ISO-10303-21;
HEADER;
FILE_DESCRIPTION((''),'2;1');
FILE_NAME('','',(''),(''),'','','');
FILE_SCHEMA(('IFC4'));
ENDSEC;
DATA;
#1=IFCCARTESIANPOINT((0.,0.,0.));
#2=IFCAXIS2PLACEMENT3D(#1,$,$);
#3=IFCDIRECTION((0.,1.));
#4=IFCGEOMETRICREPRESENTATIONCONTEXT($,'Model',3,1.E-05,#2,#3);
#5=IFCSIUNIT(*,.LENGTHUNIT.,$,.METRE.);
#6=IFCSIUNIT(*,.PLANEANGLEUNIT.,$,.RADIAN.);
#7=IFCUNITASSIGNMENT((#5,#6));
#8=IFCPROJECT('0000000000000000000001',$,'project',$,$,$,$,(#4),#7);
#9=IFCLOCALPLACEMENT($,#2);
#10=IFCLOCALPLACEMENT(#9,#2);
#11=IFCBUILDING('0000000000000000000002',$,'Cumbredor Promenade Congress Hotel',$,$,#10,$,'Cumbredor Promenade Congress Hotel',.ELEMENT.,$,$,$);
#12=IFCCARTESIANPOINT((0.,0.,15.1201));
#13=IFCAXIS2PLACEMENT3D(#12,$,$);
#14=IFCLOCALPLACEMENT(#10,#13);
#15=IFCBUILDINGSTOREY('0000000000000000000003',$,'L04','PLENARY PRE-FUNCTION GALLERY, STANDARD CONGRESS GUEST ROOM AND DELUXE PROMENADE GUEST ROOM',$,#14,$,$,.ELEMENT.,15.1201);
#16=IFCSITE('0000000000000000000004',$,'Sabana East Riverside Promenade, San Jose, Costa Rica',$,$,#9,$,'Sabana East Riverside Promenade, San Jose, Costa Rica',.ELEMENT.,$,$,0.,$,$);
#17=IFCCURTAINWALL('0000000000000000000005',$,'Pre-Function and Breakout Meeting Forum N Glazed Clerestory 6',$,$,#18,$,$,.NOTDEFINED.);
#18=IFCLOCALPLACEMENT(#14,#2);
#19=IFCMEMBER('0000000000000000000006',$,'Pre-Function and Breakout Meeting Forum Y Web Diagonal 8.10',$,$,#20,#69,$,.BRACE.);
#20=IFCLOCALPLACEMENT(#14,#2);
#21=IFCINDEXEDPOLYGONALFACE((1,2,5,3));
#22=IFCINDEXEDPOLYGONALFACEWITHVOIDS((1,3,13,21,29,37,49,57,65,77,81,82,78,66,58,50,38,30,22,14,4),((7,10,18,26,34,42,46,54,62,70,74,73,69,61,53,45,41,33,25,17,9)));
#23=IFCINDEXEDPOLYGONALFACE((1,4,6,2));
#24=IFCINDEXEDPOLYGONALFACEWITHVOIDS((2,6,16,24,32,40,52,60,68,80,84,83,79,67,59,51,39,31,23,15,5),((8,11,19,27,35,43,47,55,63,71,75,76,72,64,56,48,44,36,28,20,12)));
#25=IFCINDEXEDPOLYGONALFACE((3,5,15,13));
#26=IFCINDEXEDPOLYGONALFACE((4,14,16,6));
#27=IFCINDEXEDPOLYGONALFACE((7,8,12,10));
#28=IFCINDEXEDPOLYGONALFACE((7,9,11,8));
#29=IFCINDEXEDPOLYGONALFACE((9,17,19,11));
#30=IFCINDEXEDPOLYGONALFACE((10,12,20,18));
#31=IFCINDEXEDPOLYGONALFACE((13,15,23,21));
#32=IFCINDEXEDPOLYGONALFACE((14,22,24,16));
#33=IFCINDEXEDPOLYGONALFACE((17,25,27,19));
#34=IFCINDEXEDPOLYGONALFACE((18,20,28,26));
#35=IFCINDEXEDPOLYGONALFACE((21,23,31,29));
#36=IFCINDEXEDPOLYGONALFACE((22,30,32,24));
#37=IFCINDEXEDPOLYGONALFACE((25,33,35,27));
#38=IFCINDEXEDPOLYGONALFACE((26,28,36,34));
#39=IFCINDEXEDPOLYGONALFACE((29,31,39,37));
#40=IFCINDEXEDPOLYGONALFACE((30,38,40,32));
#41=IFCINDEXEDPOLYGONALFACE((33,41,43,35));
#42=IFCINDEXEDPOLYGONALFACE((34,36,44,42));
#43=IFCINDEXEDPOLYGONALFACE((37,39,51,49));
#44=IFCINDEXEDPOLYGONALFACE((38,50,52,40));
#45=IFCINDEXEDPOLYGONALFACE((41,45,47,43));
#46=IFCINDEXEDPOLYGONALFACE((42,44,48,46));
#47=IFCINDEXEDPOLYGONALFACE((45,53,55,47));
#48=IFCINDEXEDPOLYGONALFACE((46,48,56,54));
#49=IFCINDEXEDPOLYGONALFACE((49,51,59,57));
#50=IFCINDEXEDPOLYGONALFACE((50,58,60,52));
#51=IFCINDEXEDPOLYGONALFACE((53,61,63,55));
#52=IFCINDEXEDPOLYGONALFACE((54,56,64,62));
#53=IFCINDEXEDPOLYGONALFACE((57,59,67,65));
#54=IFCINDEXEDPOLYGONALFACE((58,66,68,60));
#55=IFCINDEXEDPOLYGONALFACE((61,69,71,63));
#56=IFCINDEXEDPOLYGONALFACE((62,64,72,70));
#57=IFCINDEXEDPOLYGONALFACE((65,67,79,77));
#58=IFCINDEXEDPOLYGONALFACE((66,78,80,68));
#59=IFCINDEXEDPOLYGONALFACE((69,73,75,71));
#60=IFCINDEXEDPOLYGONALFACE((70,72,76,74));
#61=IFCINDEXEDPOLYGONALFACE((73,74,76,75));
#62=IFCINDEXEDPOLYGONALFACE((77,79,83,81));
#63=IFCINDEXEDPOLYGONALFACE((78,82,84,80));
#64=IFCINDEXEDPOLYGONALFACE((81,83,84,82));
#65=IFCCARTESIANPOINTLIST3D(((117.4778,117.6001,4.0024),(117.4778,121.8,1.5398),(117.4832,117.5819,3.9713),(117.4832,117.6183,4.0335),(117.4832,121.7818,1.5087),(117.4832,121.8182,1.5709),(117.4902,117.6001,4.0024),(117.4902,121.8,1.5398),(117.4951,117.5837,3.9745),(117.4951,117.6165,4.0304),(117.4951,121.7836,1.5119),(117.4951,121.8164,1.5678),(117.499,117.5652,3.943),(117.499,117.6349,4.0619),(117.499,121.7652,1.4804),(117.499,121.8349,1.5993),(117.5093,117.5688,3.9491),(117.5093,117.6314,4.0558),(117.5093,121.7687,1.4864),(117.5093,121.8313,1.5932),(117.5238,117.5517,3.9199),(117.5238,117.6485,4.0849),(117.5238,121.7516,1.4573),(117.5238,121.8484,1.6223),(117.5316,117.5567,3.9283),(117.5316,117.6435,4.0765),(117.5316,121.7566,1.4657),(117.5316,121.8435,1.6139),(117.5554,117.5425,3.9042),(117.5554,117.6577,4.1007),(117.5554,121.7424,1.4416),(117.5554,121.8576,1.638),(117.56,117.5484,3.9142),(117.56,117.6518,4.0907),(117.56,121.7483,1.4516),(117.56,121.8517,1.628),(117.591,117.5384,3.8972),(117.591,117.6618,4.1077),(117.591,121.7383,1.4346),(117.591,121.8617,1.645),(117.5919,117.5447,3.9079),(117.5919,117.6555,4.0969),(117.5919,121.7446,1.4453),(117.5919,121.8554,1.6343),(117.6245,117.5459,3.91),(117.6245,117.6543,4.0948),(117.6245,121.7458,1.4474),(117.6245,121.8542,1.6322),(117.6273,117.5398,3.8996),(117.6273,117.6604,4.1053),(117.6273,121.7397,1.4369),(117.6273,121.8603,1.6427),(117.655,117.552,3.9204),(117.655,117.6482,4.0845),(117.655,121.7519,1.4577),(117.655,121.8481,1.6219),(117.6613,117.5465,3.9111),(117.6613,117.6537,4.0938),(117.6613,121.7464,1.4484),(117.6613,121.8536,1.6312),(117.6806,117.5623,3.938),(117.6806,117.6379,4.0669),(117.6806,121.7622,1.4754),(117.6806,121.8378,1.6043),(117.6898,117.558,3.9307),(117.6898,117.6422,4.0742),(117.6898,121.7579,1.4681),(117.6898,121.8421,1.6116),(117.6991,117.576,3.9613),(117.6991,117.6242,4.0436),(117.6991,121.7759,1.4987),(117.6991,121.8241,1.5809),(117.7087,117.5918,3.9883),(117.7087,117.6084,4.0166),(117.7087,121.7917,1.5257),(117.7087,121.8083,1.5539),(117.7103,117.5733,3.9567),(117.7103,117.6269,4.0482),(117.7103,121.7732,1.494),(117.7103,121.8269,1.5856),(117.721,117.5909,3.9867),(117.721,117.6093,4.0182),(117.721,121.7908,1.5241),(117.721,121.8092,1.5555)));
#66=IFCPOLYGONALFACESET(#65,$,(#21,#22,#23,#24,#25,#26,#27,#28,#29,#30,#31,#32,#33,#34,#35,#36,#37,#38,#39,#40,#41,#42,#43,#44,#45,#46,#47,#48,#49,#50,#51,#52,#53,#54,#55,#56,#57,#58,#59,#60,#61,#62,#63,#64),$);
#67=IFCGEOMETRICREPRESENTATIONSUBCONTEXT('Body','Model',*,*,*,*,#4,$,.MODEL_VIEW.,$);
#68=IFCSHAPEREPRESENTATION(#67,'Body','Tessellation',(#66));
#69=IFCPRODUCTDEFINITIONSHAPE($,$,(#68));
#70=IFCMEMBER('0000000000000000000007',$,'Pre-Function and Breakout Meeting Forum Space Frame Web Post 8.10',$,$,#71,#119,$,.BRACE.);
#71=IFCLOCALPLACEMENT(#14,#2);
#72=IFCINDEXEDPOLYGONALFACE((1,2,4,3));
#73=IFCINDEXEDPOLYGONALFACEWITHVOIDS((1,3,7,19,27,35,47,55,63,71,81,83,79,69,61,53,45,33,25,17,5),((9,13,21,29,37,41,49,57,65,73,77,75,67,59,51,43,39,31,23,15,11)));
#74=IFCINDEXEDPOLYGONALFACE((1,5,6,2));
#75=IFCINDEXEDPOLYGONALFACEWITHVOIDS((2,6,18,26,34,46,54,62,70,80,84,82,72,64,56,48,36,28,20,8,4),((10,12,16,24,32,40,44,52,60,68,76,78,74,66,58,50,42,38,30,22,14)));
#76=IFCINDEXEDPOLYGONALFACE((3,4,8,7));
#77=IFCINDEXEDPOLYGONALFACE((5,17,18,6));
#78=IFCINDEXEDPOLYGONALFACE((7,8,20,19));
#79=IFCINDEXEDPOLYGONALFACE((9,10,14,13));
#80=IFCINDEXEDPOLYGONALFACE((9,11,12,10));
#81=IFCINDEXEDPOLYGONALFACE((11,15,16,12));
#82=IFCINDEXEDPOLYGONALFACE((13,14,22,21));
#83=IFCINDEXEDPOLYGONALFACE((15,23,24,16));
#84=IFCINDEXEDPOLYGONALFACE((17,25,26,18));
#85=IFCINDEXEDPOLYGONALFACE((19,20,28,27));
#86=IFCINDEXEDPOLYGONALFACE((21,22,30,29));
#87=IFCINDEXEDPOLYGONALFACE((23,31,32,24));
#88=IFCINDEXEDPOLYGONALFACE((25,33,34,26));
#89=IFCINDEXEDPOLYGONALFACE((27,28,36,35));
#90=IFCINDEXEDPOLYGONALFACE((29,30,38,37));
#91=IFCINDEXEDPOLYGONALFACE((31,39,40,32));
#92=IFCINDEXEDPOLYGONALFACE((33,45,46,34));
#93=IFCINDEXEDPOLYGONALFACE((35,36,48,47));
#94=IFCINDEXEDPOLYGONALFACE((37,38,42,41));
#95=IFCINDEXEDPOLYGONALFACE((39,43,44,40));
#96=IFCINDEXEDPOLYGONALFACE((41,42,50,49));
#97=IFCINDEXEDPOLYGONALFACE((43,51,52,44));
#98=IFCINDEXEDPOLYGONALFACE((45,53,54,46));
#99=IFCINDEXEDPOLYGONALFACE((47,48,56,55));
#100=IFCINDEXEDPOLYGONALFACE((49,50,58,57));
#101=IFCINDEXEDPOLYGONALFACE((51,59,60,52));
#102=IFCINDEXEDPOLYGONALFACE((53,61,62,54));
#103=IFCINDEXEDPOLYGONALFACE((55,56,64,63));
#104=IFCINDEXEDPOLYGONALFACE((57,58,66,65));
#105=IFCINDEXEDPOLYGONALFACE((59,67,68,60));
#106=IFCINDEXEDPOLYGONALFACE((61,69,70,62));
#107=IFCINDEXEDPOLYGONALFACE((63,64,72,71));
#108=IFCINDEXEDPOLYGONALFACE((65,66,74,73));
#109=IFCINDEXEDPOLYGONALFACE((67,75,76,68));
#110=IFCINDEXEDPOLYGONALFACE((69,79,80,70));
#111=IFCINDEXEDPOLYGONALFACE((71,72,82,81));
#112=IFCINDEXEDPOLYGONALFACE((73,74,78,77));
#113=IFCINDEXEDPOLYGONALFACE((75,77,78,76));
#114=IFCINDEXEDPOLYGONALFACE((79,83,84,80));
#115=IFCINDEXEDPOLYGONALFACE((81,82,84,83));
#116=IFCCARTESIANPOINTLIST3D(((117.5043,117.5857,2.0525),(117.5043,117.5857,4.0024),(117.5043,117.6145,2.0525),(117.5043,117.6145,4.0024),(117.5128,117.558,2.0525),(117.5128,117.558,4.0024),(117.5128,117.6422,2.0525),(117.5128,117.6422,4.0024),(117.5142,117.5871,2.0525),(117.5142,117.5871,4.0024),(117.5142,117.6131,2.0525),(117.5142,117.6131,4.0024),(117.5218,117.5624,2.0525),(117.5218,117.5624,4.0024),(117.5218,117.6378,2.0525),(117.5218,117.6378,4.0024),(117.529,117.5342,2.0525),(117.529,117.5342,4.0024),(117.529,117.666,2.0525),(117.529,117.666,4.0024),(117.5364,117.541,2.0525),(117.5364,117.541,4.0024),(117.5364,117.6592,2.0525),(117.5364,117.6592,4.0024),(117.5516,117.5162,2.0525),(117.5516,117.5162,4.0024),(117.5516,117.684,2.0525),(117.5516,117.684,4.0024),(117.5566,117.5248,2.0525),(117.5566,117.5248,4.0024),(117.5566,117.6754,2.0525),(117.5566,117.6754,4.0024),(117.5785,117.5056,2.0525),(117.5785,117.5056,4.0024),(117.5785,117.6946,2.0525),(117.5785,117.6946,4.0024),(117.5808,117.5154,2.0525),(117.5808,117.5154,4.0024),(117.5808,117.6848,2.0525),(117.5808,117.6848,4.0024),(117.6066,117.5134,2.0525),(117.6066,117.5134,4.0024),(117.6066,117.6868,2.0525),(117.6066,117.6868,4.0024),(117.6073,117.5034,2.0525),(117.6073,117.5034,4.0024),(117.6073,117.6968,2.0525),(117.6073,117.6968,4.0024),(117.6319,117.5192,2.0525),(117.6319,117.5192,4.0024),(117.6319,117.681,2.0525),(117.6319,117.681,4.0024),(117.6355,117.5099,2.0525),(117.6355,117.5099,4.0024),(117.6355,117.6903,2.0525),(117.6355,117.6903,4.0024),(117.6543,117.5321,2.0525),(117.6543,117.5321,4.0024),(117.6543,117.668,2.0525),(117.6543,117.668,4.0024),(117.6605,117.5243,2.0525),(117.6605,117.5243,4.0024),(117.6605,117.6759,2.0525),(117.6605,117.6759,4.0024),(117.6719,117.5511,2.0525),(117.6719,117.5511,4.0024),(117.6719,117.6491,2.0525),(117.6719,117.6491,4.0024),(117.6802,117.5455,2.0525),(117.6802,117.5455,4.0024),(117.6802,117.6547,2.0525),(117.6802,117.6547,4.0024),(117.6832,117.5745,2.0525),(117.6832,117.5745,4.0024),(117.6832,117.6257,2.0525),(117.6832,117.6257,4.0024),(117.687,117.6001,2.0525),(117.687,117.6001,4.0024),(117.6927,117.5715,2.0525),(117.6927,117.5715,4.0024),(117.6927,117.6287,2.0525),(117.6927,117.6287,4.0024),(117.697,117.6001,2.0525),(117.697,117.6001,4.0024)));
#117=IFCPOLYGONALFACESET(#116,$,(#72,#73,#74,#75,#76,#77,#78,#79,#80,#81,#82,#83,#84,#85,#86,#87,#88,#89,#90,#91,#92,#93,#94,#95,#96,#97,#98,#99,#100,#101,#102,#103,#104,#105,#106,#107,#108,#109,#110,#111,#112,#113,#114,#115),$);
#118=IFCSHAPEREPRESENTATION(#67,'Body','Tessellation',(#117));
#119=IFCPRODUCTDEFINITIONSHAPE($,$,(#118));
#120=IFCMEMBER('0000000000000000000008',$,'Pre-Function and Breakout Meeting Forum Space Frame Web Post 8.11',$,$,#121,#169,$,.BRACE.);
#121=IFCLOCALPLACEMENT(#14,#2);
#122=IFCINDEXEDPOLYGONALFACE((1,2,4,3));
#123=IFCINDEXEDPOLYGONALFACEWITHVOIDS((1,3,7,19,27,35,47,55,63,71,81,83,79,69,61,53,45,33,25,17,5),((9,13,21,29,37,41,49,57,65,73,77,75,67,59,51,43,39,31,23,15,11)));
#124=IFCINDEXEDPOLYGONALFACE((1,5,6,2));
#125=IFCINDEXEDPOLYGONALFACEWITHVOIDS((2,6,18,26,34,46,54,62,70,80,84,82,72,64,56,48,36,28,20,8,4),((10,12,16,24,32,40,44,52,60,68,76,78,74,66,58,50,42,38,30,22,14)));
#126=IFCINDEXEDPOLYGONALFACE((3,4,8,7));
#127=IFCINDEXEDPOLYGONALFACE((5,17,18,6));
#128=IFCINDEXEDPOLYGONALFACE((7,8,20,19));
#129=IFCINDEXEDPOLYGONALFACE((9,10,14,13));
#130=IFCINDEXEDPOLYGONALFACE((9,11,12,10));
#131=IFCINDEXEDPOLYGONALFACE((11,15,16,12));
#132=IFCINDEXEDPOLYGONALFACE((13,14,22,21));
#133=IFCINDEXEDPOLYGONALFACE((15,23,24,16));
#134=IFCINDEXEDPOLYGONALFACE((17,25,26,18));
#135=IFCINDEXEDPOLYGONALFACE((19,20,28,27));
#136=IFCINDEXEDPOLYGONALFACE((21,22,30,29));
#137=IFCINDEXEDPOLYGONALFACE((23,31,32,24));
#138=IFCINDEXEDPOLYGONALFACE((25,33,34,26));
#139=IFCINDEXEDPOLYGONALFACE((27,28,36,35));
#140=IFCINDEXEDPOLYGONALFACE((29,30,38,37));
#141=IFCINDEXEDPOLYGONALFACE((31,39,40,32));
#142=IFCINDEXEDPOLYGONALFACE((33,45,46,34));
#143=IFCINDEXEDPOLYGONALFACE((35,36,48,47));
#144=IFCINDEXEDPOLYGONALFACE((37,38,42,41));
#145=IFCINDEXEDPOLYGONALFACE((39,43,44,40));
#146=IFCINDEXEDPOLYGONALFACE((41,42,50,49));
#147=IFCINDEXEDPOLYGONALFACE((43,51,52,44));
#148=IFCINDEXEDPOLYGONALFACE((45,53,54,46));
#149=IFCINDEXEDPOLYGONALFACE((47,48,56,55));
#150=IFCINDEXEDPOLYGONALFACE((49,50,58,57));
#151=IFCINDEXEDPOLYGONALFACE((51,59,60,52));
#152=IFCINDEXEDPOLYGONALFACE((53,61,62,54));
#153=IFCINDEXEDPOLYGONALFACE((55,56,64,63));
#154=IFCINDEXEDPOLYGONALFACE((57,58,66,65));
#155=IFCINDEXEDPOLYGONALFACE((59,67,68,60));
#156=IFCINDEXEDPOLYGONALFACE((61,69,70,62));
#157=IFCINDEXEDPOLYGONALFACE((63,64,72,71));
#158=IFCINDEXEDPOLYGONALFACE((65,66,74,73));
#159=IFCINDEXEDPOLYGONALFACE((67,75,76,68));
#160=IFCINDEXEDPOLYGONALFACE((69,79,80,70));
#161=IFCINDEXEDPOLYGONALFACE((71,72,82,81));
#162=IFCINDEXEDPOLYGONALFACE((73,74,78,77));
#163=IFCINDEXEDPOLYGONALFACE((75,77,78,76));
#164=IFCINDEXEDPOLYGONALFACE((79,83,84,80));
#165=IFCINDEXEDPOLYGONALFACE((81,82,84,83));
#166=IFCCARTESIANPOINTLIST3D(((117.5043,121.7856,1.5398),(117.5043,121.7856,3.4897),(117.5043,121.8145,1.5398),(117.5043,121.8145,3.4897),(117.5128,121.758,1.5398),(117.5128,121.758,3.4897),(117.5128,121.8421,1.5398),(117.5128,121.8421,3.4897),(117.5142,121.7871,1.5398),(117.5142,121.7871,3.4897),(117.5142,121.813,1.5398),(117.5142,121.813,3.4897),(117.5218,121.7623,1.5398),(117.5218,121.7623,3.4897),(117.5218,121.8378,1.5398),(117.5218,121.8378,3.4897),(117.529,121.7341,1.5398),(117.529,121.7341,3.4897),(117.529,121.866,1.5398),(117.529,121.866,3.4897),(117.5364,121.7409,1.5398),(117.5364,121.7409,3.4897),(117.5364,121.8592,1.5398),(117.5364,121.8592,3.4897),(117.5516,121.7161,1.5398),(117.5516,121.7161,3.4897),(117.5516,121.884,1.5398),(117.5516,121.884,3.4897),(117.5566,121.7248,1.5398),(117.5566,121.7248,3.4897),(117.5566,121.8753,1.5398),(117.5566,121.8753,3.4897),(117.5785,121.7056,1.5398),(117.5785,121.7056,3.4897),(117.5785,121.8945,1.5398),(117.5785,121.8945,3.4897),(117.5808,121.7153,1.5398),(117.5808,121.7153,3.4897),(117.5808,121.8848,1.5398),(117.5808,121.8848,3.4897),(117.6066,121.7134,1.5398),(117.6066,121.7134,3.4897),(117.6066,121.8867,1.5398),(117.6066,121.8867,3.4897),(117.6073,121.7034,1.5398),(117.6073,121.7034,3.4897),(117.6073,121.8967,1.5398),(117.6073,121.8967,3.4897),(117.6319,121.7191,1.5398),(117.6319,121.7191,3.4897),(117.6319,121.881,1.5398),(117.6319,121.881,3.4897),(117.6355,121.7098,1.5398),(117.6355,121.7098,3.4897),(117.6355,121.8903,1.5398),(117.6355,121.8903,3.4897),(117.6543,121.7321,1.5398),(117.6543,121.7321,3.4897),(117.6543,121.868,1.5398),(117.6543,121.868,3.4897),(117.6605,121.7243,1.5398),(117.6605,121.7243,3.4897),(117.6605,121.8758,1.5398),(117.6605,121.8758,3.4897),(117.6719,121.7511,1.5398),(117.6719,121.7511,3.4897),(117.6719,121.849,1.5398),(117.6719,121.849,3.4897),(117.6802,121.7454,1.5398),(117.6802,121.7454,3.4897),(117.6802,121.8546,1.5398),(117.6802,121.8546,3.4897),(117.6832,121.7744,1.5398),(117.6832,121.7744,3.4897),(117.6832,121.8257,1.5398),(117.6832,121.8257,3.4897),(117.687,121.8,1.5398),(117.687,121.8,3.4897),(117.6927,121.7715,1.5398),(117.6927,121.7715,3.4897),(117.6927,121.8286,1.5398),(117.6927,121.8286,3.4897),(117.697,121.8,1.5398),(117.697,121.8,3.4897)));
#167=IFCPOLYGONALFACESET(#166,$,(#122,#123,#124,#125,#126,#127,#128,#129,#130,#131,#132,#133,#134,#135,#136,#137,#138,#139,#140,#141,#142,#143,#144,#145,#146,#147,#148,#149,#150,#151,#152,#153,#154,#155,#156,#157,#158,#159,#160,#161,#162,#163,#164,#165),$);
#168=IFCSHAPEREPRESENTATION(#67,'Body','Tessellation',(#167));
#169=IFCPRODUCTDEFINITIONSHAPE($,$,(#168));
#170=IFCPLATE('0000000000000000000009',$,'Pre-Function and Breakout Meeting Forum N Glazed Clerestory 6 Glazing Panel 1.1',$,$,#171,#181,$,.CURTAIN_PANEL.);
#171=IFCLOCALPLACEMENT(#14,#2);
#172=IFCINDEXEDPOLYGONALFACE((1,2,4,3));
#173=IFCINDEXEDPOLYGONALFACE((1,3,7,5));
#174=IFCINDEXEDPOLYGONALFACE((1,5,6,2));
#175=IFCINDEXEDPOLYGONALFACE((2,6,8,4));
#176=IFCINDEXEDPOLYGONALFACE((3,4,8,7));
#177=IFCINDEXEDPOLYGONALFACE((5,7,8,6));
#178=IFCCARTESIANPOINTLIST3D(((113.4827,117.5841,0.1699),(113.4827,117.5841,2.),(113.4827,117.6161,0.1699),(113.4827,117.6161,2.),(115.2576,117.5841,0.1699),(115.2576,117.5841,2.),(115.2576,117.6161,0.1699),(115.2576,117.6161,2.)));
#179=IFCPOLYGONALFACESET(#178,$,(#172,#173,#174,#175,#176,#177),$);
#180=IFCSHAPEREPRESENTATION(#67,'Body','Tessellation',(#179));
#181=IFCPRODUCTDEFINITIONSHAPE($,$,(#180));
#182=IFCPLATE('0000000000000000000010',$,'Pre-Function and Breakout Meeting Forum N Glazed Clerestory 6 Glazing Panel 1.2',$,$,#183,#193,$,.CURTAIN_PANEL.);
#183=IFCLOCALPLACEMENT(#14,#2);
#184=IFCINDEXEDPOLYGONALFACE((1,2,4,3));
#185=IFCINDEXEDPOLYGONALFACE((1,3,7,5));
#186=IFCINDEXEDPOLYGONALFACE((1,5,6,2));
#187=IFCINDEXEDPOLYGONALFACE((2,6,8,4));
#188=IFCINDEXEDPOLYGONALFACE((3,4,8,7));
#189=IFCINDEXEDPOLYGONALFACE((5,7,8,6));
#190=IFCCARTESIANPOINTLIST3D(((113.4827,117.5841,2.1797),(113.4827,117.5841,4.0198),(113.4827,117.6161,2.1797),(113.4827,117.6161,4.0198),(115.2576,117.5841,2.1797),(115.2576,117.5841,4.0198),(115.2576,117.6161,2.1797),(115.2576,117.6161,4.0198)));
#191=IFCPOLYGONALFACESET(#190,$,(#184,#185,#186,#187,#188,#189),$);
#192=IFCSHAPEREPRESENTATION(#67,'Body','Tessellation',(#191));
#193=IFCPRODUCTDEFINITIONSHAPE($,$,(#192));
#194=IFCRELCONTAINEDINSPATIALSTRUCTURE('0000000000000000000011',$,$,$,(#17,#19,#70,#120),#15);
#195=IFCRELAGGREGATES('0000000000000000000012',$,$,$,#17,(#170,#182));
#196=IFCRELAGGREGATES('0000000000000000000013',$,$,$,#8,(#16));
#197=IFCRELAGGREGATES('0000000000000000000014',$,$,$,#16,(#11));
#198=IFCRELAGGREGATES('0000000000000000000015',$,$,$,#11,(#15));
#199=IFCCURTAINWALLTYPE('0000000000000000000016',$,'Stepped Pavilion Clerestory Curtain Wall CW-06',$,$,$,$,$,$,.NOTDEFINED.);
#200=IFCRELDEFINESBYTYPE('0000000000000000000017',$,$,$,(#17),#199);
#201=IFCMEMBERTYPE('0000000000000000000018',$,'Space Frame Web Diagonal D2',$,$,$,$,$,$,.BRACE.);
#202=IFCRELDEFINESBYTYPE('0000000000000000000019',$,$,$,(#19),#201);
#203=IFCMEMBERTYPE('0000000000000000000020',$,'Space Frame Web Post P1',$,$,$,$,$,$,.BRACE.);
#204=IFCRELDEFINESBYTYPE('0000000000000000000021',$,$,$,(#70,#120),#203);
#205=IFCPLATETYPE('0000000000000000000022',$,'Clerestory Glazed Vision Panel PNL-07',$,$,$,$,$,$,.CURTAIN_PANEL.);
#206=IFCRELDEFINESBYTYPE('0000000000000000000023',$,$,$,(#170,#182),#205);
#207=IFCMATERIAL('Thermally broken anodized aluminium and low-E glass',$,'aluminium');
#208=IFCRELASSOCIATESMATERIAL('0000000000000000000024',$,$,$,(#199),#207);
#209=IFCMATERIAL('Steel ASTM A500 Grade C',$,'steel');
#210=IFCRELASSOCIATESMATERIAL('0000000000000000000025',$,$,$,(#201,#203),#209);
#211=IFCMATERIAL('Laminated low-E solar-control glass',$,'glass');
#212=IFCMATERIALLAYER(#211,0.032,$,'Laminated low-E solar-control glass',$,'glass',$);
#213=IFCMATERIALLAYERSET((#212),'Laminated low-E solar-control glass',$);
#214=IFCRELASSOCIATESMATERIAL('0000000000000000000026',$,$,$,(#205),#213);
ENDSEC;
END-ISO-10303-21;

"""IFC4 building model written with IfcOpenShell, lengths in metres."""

from ifc_helpers import new_model, si_unit, direction, frame, origin, origin_2d, place, context, subcontext, project, spatial, rectangle, hollow_circle, extrude, material, layer, layer_set, material_profile, profile_set, type_object, element, aggregate, save


model = new_model("IFC4")

# Units and contexts
model_context = context("Model", 3, precision=1e-05, world=origin(), true_north=direction((0.0, 1.0)))
body_context = subcontext(model_context, "Body", "Model", "MODEL_VIEW")
ifc_project = project(units=[si_unit("LENGTHUNIT", "METRE"), si_unit("PLANEANGLEUNIT", "RADIAN")], contexts=[model_context])

# Site, building, storey
site_placement = place(None, origin())
site = spatial("IfcSite", under=ifc_project, at=site_placement, Name="Sabana East Riverside Promenade, San Jose, Costa Rica", LongName="Sabana East Riverside Promenade, San Jose, Costa Rica", CompositionType="ELEMENT", RefElevation=0.0)
building_placement = place(site_placement, origin())
building = spatial("IfcBuilding", under=site, at=building_placement, Name="Cumbredor Promenade Congress Hotel", LongName="Cumbredor Promenade Congress Hotel", CompositionType="ELEMENT")
storey_placement = place(building_placement, frame((0.0, 0.0, 15.1201)))
storey = spatial("IfcBuildingStorey", under=building, at=storey_placement, Name="L04", Description="PLENARY PRE-FUNCTION GALLERY, STANDARD CONGRESS GUEST ROOM AND DELUXE PROMENADE GUEST ROOM", CompositionType="ELEMENT", Elevation=15.1201)

# Curtain wall
ifc_material_1 = material(Name="Thermally broken anodized aluminium and low-E glass", Category="aluminium")
curtain_wall_type = type_object("IfcCurtainWallType", Name="Stepped Pavilion Clerestory Curtain Wall CW-06", PredefinedType="NOTDEFINED", material=ifc_material_1)
curtain_wall_1_placement = place(storey_placement, origin())
curtain_wall_1 = element("IfcCurtainWall", 1, at=curtain_wall_1_placement, inside=storey, type_object=curtain_wall_type, Name="Pre-Function and Breakout Meeting Forum N Glazed Clerestory 6", PredefinedType="NOTDEFINED")

# Members
ifc_material_2 = material(Name="Steel ASTM A500 Grade C", Category="steel")
ifc_material_profile_1 = material_profile(ifc_material_2, hollow_circle(Radius=0.1223, WallThickness=0.0125, at=origin_2d()), Name="CHS 244.5x12.5")
ifc_profile_set_1 = profile_set([ifc_material_profile_1], Name="Steel ASTM A500 Grade C")
member_type_1 = type_object("IfcMemberType", Name="Space Frame Web Diagonal D2", PredefinedType="BRACE", material=ifc_profile_set_1)
member_1_placement = place(storey_placement, frame((117.6001, 117.6001, 4.0024), z_axis=(0.0, 0.862644, -0.505812), x_axis=(-1.0, 0.0, 0.0)))
element("IfcMember", 2, at=member_1_placement, inside=storey, type_object=member_type_1, Name="Pre-Function and Breakout Meeting Forum Y Web Diagonal 8.10", PredefinedType="BRACE", context=body_context, shape_type="SweptSolid", body=[
    extrude(hollow_circle(Radius=0.1223, WallThickness=0.0125, at=origin_2d()), origin(), (0.0, 0.0, 1.0), 4.8687),
])
ifc_material_profile_2 = material_profile(ifc_material_2, hollow_circle(Radius=0.0969, WallThickness=0.01, at=origin_2d()), Name="CHS 193.7x10")
ifc_profile_set_2 = profile_set([ifc_material_profile_2], Name="Steel ASTM A500 Grade C")
member_type_2 = type_object("IfcMemberType", Name="Space Frame Web Post P1", PredefinedType="BRACE", material=ifc_profile_set_2)
for number, where, z_axis, x_axis, name in (
    (3, (117.6001, 117.6001, 2.0525), (0.0, 0.0, 1.0), (1.0, 0.0, 0.0), "Pre-Function and Breakout Meeting Forum Space Frame Web Post 8.10"),
    (4, (117.6001, 121.8, 1.5398), (0.0, 0.0, 1.0), (1.0, 0.0, 0.0), "Pre-Function and Breakout Meeting Forum Space Frame Web Post 8.11"),
):
    element("IfcMember", number, at=place(storey_placement, frame(where, z_axis=z_axis, x_axis=x_axis)), inside=storey, type_object=member_type_2, Name=name, PredefinedType="BRACE", context=body_context, shape_type="SweptSolid", body=[
        extrude(hollow_circle(Radius=0.0969, WallThickness=0.01, at=origin_2d()), origin(), (0.0, 0.0, 1.0), 1.95),
    ])

# Plates
ifc_material_3 = material(Name="Laminated low-E solar-control glass", Category="glass")
ifc_layer_1 = layer(ifc_material_3, 0.032, Name="Laminated low-E solar-control glass", Category="glass")
ifc_layer_set_1 = layer_set([ifc_layer_1], Name="Laminated low-E solar-control glass")
plate_type_1 = type_object("IfcPlateType", Name="Clerestory Glazed Vision Panel PNL-07", PredefinedType="CURTAIN_PANEL", material=ifc_layer_set_1)
plate_1_placement = place(storey_placement, frame((114.3701, 117.6001, 0.1699), z_axis=(0.0, 0.0, 1.0), x_axis=(1.0, 0.0, 0.0)))
plate_1 = element("IfcPlate", 5, at=plate_1_placement, type_object=plate_type_1, Name="Pre-Function and Breakout Meeting Forum N Glazed Clerestory 6 Glazing Panel 1.1", PredefinedType="CURTAIN_PANEL", context=body_context, shape_type="SweptSolid", body=[
    extrude(rectangle(XDim=1.7749, YDim=0.032, at=origin_2d()), origin(), (0.0, 0.0, 1.0), 1.8301),
])
plate_2_placement = place(storey_placement, frame((114.3701, 117.6001, 2.1797), z_axis=(0.0, 0.0, 1.0), x_axis=(1.0, 0.0, 0.0)))
plate_2 = element("IfcPlate", 6, at=plate_2_placement, type_object=plate_type_1, Name="Pre-Function and Breakout Meeting Forum N Glazed Clerestory 6 Glazing Panel 1.2", PredefinedType="CURTAIN_PANEL", context=body_context, shape_type="SweptSolid", body=[
    extrude(rectangle(XDim=1.7749, YDim=0.032, at=origin_2d()), origin(), (0.0, 0.0, 1.0), 1.8401),
])
aggregate(curtain_wall_1, [plate_1, plate_2])

save(model, "model.ifc")
